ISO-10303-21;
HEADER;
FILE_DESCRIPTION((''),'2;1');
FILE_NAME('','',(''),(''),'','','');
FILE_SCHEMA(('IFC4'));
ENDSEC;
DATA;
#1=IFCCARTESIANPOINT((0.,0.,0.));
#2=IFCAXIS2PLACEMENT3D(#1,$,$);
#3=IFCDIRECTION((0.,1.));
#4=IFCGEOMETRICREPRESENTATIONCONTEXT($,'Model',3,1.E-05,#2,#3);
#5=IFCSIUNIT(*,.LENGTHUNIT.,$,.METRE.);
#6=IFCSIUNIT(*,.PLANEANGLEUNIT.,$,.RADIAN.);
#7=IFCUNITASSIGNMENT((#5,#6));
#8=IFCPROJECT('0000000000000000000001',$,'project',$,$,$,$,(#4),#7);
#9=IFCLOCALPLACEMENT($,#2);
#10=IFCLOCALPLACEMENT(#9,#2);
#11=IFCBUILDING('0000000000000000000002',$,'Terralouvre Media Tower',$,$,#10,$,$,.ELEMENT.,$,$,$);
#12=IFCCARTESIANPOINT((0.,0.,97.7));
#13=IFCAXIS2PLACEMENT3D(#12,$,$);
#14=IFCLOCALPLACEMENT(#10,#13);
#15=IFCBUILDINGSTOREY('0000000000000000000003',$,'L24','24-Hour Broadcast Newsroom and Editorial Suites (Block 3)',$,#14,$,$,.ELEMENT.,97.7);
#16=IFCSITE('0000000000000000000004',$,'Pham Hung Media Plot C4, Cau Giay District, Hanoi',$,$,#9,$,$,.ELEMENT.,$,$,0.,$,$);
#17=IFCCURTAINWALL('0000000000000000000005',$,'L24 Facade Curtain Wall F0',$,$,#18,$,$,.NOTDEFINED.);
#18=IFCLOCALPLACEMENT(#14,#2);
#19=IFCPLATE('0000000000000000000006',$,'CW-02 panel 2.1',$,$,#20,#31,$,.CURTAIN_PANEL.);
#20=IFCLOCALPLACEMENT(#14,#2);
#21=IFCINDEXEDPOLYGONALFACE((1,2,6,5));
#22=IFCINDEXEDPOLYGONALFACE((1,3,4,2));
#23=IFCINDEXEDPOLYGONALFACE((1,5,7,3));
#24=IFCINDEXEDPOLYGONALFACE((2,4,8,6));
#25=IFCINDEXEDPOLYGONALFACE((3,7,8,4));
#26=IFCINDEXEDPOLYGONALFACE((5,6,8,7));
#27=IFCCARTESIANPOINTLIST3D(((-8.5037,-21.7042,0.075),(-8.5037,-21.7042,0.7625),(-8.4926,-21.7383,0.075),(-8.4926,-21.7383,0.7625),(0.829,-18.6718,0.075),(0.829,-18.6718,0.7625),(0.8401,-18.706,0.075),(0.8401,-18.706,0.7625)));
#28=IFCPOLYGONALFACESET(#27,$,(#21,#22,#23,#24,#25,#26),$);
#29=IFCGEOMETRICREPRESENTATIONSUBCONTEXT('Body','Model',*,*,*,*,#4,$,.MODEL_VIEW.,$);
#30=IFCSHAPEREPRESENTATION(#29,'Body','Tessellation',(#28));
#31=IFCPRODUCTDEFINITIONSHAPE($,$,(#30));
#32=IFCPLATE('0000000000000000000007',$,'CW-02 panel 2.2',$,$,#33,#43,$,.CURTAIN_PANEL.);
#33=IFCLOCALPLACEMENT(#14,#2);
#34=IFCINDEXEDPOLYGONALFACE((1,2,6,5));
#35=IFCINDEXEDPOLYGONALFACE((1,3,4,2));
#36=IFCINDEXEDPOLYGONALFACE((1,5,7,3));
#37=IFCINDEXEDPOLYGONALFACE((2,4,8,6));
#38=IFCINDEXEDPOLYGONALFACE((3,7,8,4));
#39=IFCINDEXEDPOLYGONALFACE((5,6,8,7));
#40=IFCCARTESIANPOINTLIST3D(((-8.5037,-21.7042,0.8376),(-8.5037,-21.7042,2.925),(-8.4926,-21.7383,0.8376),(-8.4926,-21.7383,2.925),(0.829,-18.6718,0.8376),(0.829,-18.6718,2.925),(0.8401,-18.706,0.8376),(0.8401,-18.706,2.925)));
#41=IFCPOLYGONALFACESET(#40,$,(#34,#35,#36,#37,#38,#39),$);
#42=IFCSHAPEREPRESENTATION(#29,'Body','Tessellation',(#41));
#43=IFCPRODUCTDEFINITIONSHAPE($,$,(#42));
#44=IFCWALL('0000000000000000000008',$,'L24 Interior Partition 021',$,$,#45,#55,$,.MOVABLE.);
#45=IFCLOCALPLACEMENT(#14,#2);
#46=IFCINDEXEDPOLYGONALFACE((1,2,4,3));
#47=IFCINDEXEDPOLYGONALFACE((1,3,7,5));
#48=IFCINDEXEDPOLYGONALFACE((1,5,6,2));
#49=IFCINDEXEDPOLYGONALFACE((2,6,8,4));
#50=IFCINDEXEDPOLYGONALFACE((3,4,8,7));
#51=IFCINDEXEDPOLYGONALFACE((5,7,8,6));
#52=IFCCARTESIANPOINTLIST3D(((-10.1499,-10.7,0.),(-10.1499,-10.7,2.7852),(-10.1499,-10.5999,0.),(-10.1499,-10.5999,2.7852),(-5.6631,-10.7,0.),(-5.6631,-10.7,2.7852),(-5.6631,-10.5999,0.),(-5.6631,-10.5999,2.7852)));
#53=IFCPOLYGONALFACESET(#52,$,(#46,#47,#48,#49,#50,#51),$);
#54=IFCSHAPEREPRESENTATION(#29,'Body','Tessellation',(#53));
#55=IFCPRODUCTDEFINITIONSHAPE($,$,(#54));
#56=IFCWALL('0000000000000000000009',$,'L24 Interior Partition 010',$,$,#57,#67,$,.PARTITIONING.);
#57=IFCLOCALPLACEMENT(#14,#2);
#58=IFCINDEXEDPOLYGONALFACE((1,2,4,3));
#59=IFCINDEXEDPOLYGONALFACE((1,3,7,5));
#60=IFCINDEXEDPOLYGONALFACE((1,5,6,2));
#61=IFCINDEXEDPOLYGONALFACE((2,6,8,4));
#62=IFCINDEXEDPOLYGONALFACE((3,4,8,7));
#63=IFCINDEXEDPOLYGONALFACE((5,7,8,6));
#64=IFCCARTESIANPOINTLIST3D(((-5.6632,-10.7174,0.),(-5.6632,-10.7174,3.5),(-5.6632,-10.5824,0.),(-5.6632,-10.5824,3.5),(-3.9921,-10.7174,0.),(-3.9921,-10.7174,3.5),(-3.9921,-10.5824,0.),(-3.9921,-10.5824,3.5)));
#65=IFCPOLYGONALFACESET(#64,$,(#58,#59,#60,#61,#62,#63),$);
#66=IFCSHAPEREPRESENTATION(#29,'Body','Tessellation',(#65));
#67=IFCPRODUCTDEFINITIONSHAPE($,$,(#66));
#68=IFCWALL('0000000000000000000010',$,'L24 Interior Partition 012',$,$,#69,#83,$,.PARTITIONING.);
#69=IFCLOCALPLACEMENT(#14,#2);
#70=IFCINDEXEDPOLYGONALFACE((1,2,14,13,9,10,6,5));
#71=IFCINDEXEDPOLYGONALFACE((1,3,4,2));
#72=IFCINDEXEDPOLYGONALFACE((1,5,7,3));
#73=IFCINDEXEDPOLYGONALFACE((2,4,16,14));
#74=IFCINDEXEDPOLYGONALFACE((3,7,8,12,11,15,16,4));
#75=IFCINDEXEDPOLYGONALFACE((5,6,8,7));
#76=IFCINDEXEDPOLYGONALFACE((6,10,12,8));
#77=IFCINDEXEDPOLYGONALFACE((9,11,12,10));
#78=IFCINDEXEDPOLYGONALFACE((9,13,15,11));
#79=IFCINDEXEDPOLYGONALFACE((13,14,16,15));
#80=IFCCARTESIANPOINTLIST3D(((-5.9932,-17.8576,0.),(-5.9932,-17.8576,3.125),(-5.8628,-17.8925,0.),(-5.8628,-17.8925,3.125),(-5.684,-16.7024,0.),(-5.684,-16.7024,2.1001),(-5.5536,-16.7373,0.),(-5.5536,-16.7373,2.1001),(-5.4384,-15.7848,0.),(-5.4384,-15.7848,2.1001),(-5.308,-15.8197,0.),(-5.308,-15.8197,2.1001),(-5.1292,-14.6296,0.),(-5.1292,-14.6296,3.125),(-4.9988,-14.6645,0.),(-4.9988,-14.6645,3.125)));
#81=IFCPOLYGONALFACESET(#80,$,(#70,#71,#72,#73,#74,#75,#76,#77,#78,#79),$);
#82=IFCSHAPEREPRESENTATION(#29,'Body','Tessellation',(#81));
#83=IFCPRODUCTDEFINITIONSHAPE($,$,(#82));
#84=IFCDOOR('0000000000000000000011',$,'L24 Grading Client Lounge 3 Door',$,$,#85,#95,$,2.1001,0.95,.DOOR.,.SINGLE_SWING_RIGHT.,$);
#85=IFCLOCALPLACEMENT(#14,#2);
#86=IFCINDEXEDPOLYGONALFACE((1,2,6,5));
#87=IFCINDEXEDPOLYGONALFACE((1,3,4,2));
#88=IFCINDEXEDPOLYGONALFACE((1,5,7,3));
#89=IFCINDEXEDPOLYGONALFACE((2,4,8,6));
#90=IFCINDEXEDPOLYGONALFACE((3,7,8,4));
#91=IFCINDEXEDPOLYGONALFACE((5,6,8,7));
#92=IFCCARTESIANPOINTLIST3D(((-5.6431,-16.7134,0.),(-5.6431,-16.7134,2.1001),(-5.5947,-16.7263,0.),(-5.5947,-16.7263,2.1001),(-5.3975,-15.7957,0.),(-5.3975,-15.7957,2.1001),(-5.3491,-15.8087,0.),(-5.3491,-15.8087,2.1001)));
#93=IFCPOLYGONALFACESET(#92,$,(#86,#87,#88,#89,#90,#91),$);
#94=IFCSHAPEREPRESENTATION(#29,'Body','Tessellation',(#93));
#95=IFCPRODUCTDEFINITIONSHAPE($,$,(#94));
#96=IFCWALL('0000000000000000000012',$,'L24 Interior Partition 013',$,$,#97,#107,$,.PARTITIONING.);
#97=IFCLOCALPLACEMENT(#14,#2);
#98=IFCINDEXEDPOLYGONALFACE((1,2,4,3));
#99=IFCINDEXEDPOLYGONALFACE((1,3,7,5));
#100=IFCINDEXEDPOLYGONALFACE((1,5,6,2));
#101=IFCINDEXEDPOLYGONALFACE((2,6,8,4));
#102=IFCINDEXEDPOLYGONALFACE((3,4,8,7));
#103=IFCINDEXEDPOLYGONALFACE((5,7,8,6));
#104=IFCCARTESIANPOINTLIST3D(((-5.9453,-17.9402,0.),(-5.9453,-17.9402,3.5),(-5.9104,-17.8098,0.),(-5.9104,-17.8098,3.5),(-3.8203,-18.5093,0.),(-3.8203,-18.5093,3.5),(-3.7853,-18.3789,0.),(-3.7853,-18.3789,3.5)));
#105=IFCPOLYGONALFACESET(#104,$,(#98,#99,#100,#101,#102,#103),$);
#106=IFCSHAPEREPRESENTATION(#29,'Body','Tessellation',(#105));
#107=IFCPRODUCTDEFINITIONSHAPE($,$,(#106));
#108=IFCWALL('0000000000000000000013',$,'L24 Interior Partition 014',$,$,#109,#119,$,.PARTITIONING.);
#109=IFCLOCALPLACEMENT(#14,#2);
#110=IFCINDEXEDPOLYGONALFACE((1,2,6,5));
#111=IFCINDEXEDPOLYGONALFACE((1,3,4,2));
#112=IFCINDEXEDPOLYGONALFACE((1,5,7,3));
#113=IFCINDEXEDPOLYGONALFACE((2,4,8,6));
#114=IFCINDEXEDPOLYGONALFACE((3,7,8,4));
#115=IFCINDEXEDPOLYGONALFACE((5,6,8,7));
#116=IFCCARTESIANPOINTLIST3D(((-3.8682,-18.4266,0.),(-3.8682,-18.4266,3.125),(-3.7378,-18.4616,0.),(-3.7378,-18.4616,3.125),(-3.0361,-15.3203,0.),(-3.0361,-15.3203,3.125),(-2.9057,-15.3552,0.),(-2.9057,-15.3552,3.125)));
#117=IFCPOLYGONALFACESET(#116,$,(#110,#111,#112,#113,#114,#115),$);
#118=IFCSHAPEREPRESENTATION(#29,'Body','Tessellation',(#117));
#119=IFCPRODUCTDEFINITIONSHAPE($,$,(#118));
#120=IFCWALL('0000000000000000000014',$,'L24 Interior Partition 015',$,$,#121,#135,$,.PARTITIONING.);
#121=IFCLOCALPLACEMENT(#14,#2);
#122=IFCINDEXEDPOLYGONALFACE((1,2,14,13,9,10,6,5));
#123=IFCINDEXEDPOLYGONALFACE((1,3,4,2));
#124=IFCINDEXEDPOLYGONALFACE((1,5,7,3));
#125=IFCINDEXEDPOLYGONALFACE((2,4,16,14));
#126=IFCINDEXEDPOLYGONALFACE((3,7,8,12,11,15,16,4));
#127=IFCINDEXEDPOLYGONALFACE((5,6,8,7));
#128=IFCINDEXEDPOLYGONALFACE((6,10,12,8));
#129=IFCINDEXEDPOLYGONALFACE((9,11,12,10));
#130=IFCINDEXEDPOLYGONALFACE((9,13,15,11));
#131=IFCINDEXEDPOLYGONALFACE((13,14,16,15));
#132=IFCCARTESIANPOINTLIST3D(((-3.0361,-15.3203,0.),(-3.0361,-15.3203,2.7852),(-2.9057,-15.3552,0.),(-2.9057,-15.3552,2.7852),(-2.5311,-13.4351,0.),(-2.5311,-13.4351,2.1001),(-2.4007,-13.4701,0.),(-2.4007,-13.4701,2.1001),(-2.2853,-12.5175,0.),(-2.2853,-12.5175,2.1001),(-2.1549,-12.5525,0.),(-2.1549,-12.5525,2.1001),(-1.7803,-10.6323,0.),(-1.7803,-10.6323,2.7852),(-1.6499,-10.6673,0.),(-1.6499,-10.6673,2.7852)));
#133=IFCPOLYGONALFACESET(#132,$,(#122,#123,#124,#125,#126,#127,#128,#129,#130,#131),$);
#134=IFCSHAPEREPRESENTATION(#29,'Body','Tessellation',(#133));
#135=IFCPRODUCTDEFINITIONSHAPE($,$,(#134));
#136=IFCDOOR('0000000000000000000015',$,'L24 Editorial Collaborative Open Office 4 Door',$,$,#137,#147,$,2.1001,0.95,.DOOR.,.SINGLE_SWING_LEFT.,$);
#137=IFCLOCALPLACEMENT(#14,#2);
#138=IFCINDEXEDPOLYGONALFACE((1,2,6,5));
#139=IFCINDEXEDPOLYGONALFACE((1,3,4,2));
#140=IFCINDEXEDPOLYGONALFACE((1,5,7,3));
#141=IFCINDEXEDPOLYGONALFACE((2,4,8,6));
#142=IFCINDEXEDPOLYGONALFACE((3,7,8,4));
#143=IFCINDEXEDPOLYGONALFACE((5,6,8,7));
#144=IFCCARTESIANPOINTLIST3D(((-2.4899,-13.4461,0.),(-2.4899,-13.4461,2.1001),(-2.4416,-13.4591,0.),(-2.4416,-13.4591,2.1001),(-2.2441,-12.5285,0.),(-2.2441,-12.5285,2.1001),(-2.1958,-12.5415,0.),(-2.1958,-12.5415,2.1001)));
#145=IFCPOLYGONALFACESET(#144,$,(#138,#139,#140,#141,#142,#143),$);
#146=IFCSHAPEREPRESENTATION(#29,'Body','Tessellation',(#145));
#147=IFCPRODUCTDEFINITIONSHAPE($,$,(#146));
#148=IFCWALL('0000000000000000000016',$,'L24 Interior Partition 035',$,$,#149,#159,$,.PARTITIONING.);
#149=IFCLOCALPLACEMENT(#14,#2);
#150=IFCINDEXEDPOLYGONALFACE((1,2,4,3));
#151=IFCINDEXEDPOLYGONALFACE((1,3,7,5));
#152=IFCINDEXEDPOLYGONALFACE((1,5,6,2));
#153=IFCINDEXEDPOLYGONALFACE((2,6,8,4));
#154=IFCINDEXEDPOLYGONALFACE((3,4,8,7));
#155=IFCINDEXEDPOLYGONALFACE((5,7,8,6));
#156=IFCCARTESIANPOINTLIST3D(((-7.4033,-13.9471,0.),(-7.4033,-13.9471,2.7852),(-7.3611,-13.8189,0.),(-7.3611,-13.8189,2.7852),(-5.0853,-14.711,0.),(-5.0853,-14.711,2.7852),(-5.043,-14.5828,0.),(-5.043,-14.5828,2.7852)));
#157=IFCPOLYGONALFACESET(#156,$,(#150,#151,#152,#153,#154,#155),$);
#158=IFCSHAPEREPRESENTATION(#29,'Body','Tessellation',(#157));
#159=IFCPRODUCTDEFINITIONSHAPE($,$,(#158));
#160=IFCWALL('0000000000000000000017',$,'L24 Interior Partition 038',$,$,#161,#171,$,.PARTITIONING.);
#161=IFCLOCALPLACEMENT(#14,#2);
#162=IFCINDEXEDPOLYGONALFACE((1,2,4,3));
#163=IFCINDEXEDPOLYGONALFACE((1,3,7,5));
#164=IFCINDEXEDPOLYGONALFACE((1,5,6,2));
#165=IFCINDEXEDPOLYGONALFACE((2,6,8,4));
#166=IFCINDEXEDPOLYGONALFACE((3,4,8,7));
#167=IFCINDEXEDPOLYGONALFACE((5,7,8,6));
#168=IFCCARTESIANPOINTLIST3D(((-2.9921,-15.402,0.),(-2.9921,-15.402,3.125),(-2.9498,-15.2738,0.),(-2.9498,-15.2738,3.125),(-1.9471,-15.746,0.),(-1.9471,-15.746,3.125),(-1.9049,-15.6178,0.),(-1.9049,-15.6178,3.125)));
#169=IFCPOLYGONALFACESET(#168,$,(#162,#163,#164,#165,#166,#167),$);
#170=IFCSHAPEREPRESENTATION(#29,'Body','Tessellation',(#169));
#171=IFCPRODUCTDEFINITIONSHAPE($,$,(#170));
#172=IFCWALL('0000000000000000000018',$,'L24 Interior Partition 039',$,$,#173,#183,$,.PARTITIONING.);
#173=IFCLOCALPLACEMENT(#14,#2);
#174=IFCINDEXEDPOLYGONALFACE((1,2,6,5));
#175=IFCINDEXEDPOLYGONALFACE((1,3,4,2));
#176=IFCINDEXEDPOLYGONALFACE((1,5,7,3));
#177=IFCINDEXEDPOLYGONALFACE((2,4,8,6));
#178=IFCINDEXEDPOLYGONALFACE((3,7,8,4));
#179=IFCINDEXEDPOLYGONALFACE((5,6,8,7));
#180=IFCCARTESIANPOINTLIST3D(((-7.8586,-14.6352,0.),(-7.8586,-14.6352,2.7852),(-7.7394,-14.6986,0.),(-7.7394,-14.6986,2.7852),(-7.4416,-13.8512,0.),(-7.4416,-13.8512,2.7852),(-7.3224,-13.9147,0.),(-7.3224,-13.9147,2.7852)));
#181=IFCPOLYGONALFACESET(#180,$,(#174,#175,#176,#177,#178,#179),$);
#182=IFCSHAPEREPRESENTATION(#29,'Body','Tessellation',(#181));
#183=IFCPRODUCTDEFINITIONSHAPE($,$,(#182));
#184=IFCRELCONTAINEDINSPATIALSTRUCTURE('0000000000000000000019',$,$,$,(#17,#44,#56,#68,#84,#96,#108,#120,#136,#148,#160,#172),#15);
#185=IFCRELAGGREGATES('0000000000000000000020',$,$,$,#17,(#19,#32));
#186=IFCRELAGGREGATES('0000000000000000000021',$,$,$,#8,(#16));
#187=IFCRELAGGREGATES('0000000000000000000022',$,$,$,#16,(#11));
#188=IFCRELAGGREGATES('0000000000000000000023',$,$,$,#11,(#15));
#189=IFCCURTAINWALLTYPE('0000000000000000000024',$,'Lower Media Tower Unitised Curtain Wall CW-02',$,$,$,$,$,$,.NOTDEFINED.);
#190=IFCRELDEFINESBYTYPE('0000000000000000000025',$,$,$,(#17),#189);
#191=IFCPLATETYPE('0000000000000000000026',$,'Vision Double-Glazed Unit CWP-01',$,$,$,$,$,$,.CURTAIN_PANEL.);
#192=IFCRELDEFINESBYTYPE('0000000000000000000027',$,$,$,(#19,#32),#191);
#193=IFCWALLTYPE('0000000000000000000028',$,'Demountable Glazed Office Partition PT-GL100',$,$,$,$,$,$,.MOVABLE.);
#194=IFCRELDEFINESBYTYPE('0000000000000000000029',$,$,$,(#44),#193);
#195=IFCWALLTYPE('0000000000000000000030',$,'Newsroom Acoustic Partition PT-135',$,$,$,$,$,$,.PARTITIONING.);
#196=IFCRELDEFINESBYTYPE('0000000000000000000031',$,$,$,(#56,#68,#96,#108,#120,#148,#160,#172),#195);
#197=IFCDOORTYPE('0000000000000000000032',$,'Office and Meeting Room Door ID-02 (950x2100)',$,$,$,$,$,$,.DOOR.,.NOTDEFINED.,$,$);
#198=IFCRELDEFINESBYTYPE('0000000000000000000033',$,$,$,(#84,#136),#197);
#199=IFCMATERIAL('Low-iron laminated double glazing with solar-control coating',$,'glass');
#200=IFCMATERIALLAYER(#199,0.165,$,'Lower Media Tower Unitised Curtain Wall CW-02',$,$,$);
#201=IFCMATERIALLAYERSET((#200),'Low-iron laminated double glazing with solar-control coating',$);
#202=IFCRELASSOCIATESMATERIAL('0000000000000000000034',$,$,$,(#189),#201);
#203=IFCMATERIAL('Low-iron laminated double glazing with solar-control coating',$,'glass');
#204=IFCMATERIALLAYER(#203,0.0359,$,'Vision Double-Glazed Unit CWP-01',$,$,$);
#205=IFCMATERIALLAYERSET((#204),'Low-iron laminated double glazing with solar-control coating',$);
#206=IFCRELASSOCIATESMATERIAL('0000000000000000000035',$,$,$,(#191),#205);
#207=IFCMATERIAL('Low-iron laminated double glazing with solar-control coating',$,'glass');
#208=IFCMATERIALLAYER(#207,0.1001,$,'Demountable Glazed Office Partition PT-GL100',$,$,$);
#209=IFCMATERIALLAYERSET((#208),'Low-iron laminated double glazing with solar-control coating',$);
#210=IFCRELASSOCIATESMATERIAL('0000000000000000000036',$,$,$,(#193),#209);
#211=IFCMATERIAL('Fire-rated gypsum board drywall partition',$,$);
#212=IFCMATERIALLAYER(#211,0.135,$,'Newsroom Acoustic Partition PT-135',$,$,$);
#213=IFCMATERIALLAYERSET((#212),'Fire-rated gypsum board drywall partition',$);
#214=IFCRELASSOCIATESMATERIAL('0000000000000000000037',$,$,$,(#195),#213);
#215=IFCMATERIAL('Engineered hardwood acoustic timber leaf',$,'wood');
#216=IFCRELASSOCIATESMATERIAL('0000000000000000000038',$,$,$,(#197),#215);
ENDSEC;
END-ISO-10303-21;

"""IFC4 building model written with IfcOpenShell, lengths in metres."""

from ifc_helpers import new_model, si_unit, direction, frame, frame_2d, origin, origin_2d, place, context, subcontext, project, spatial, rectangle, extrude, material, layer, layer_set, type_object, element, fill, aggregate, save


model = new_model("IFC4")

# Units and contexts
model_context = context("Model", 3, precision=1e-05, world=origin(), true_north=direction((0.0, 1.0)))
body_context = subcontext(model_context, "Body", "Model", "MODEL_VIEW")
ifc_project = project(units=[si_unit("LENGTHUNIT", "METRE"), si_unit("PLANEANGLEUNIT", "RADIAN")], contexts=[model_context])

# Site, building, storey
site_placement = place(None, origin())
site = spatial("IfcSite", under=ifc_project, at=site_placement, Name="Pham Hung Media Plot C4, Cau Giay District, Hanoi", CompositionType="ELEMENT", RefElevation=0.0)
building_placement = place(site_placement, origin())
building = spatial("IfcBuilding", under=site, at=building_placement, Name="Terralouvre Media Tower", CompositionType="ELEMENT")
storey_placement = place(building_placement, frame((0.0, 0.0, 97.7)))
storey = spatial("IfcBuildingStorey", under=building, at=storey_placement, Name="L24", Description="24-Hour Broadcast Newsroom and Editorial Suites (Block 3)", CompositionType="ELEMENT", Elevation=97.7)

# Curtain wall
ifc_material_1 = material(Name="Low-iron laminated double glazing with solar-control coating", Category="glass")
ifc_layer_1 = layer(ifc_material_1, 0.165, Name="Lower Media Tower Unitised Curtain Wall CW-02")
ifc_layer_set_1 = layer_set([ifc_layer_1], Name="Low-iron laminated double glazing with solar-control coating")
curtain_wall_type = type_object("IfcCurtainWallType", Name="Lower Media Tower Unitised Curtain Wall CW-02", PredefinedType="NOTDEFINED", material=ifc_layer_set_1)
curtain_wall_placement = place(storey_placement, origin())
curtain_wall = element("IfcCurtainWall", 1, at=curtain_wall_placement, inside=storey, type_object=curtain_wall_type, Name="L24 Facade Curtain Wall F0", PredefinedType="NOTDEFINED")

# Plates
ifc_material_2 = material(Name="Low-iron laminated double glazing with solar-control coating", Category="glass")
ifc_layer_2 = layer(ifc_material_2, 0.0359, Name="Vision Double-Glazed Unit CWP-01")
ifc_layer_set_2 = layer_set([ifc_layer_2], Name="Low-iron laminated double glazing with solar-control coating")
plate_type = type_object("IfcPlateType", Name="Vision Double-Glazed Unit CWP-01", PredefinedType="CURTAIN_PANEL", material=ifc_layer_set_2)
plate_1_placement = place(storey_placement, frame((-3.8318, -20.2051, 0.075), z_axis=(0.0, 0.0, 1.0), x_axis=(0.951057, 0.309017, 0.0)))
plate_1 = element("IfcPlate", 2, at=plate_1_placement, type_object=plate_type, Name="CW-02 panel 2.1", PredefinedType="CURTAIN_PANEL", context=body_context, shape_type="SweptSolid", body=[
    extrude(rectangle(XDim=9.813, YDim=0.0359, at=origin_2d()), origin(), (0.0, 0.0, 1.0), 0.6875),
])
plate_2_placement = place(storey_placement, frame((-3.8318, -20.2051, 0.8376), z_axis=(0.0, 0.0, 1.0), x_axis=(0.951057, 0.309017, 0.0)))
plate_2 = element("IfcPlate", 3, at=plate_2_placement, type_object=plate_type, Name="CW-02 panel 2.2", PredefinedType="CURTAIN_PANEL", context=body_context, shape_type="SweptSolid", body=[
    extrude(rectangle(XDim=9.813, YDim=0.0359, at=origin_2d()), origin(), (0.0, 0.0, 1.0), 2.0874),
])
aggregate(curtain_wall, [plate_1, plate_2])

# Walls
ifc_material_3 = material(Name="Low-iron laminated double glazing with solar-control coating", Category="glass")
ifc_layer_3 = layer(ifc_material_3, 0.1001, Name="Demountable Glazed Office Partition PT-GL100")
ifc_layer_set_3 = layer_set([ifc_layer_3], Name="Low-iron laminated double glazing with solar-control coating")
wall_type_1 = type_object("IfcWallType", Name="Demountable Glazed Office Partition PT-GL100", PredefinedType="MOVABLE", material=ifc_layer_set_3)
wall_1_placement = place(storey_placement, frame((-10.1499, -10.6499, 0.0), z_axis=(0.0, 0.0, 1.0), x_axis=(1.0, 0.0, 0.0)))
element("IfcWall", 4, at=wall_1_placement, inside=storey, type_object=wall_type_1, Name="L24 Interior Partition 021", PredefinedType="MOVABLE", context=body_context, shape_type="SweptSolid", body=[
    extrude(rectangle(XDim=4.4868, YDim=0.1001, at=frame_2d((2.2434, 0.0))), origin(), (0.0, 0.0, 1.0), 2.7852),
])
ifc_material_4 = material(Name="Fire-rated gypsum board drywall partition")
ifc_layer_4 = layer(ifc_material_4, 0.135, Name="Newsroom Acoustic Partition PT-135")
ifc_layer_set_4 = layer_set([ifc_layer_4], Name="Fire-rated gypsum board drywall partition")
wall_type_2 = type_object("IfcWallType", Name="Newsroom Acoustic Partition PT-135", PredefinedType="PARTITIONING", material=ifc_layer_set_4)
wall_2_placement = place(storey_placement, frame((-5.6631, -10.6499, 0.0), z_axis=(0.0, 0.0, 1.0), x_axis=(1.0, 0.0, 0.0)))
element("IfcWall", 5, at=wall_2_placement, inside=storey, type_object=wall_type_2, Name="L24 Interior Partition 010", PredefinedType="PARTITIONING", context=body_context, shape_type="SweptSolid", body=[
    extrude(rectangle(XDim=1.6711, YDim=0.135, at=frame_2d((0.8354, 0.0))), origin(), (0.0, 0.0, 1.0), 3.5),
])

# Wall, opening, door
wall_3_placement = place(storey_placement, frame((-5.064, -14.647, 0.0), z_axis=(0.0, 0.0, 1.0), x_axis=(-0.258558, -0.965996, 0.0)))
wall_3 = element("IfcWall", 6, at=wall_3_placement, inside=storey, type_object=wall_type_2, Name="L24 Interior Partition 012", PredefinedType="PARTITIONING", context=body_context, shape_type="SweptSolid", body=[
    extrude(rectangle(XDim=3.3416, YDim=0.135, at=frame_2d((1.6709, 0.0))), origin(), (0.0, 0.0, 1.0), 3.125),
])
opening_1_placement = place(wall_3_placement, frame((1.1958, 0.0, 0.0)))
opening_1 = element("IfcOpeningElement", 7, at=opening_1_placement, cuts=wall_3, PredefinedType="OPENING", context=body_context, shape_type="SweptSolid", body=[
    extrude(rectangle(XDim=0.95, YDim=2.1001, at=frame_2d((0.4751, 1.05))), frame((0.0, 0.0774, 0.0), z_axis=(0.0, -1.0, 0.0), x_axis=(1.0, 0.0, 0.0)), (0.0, 0.0, 1.0), 0.155),
])
ifc_material_5 = material(Name="Engineered hardwood acoustic timber leaf", Category="wood")
door_type_1 = type_object("IfcDoorType", Name="Office and Meeting Room Door ID-02 (950x2100)", OperationType="NOTDEFINED", PredefinedType="DOOR", material=ifc_material_5)
door_1_placement = place(opening_1_placement, origin())
door_1 = element("IfcDoor", 8, at=door_1_placement, inside=storey, type_object=door_type_1, Name="L24 Grading Client Lounge 3 Door", OperationType="SINGLE_SWING_RIGHT", OverallHeight=2.1001, OverallWidth=0.95, PredefinedType="DOOR", context=body_context, shape_type="SweptSolid", body=[
    extrude(rectangle(XDim=0.95, YDim=2.1001, at=frame_2d((0.4751, 1.05))), frame((0.0, 0.0249, 0.0), z_axis=(0.0, -1.0, 0.0), x_axis=(1.0, 0.0, 0.0)), (0.0, 0.0, 1.0), 0.05),
])
fill(opening_1, door_1)

# Walls
wall_4_placement = place(storey_placement, frame((-5.928, -17.875, 0.0), z_axis=(0.0, 0.0, 1.0), x_axis=(0.96596, -0.258692, 0.0)))
element("IfcWall", 9, at=wall_4_placement, inside=storey, type_object=wall_type_2, Name="L24 Interior Partition 013", PredefinedType="PARTITIONING", context=body_context, shape_type="SweptSolid", body=[
    extrude(rectangle(XDim=2.2, YDim=0.135, at=frame_2d((1.1001, 0.0))), origin(), (0.0, 0.0, 1.0), 3.5),
])
wall_5_placement = place(storey_placement, frame((-3.803, -18.4441, 0.0), z_axis=(0.0, 0.0, 1.0), x_axis=(0.25874, 0.965947, 0.0)))
element("IfcWall", 10, at=wall_5_placement, inside=storey, type_object=wall_type_2, Name="L24 Interior Partition 014", PredefinedType="PARTITIONING", context=body_context, shape_type="SweptSolid", body=[
    extrude(rectangle(XDim=3.2158, YDim=0.135, at=frame_2d((1.6079, 0.0))), origin(), (0.0, 0.0, 1.0), 3.125),
])

# Wall, opening, door
wall_6_placement = place(storey_placement, frame((-2.9709, -15.3379, 0.0), z_axis=(0.0, 0.0, 1.0), x_axis=(0.258765, 0.96594, 0.0)))
wall_6 = element("IfcWall", 11, at=wall_6_placement, inside=storey, type_object=wall_type_2, Name="L24 Interior Partition 015", PredefinedType="PARTITIONING", context=body_context, shape_type="SweptSolid", body=[
    extrude(rectangle(XDim=4.8533, YDim=0.135, at=frame_2d((2.4268, 0.0))), origin(), (0.0, 0.0, 1.0), 2.7852),
])
opening_2_placement = place(wall_6_placement, frame((1.9517, 0.0, 0.0)))
opening_2 = element("IfcOpeningElement", 12, at=opening_2_placement, cuts=wall_6, PredefinedType="OPENING", context=body_context, shape_type="SweptSolid", body=[
    extrude(rectangle(XDim=0.95, YDim=2.1001, at=frame_2d((0.4751, 1.05))), frame((0.0, 0.0774, 0.0), z_axis=(0.0, -1.0, 0.0), x_axis=(1.0, 0.0, 0.0)), (0.0, 0.0, 1.0), 0.155),
])
door_2_placement = place(opening_2_placement, origin())
door_2 = element("IfcDoor", 13, at=door_2_placement, inside=storey, type_object=door_type_1, Name="L24 Editorial Collaborative Open Office 4 Door", OperationType="SINGLE_SWING_LEFT", OverallHeight=2.1001, OverallWidth=0.95, PredefinedType="DOOR", context=body_context, shape_type="SweptSolid", body=[
    extrude(rectangle(XDim=0.95, YDim=2.1001, at=frame_2d((0.4751, 1.05))), frame((0.0, 0.0249, 0.0), z_axis=(0.0, -1.0, 0.0), x_axis=(1.0, 0.0, 0.0)), (0.0, 0.0, 1.0), 0.05),
])
fill(opening_2, door_2)

# Walls
wall_7_placement = place(storey_placement, frame((-7.3821, -13.8831, 0.0), z_axis=(0.0, 0.0, 1.0), x_axis=(0.949758, -0.312985, 0.0)))
element("IfcWall", 14, at=wall_7_placement, inside=storey, type_object=wall_type_2, Name="L24 Interior Partition 035", PredefinedType="PARTITIONING", context=body_context, shape_type="SweptSolid", body=[
    extrude(rectangle(XDim=2.4407, YDim=0.135, at=frame_2d((1.2202, 0.0))), origin(), (0.0, 0.0, 1.0), 2.7852),
])
wall_8_placement = place(storey_placement, frame((-1.926, -15.6819, 0.0), z_axis=(0.0, 0.0, 1.0), x_axis=(-0.949853, 0.312697, 0.0)))
element("IfcWall", 15, at=wall_8_placement, inside=storey, type_object=wall_type_2, Name="L24 Interior Partition 038", PredefinedType="PARTITIONING", context=body_context, shape_type="SweptSolid", body=[
    extrude(rectangle(XDim=1.1001, YDim=0.135, at=frame_2d((0.55, 0.0))), origin(), (0.0, 0.0, 1.0), 3.125),
])
wall_9_placement = place(storey_placement, frame((-7.3821, -13.8831, 0.0), z_axis=(0.0, 0.0, 1.0), x_axis=(-0.469618, -0.88287, 0.0)))
element("IfcWall", 16, at=wall_9_placement, inside=storey, type_object=wall_type_2, Name="L24 Interior Partition 039", PredefinedType="PARTITIONING", context=body_context, shape_type="SweptSolid", body=[
    extrude(rectangle(XDim=0.8879, YDim=0.135, at=frame_2d((0.4438, 0.0))), origin(), (0.0, 0.0, 1.0), 2.7852),
])

save(model, "model.ifc")
